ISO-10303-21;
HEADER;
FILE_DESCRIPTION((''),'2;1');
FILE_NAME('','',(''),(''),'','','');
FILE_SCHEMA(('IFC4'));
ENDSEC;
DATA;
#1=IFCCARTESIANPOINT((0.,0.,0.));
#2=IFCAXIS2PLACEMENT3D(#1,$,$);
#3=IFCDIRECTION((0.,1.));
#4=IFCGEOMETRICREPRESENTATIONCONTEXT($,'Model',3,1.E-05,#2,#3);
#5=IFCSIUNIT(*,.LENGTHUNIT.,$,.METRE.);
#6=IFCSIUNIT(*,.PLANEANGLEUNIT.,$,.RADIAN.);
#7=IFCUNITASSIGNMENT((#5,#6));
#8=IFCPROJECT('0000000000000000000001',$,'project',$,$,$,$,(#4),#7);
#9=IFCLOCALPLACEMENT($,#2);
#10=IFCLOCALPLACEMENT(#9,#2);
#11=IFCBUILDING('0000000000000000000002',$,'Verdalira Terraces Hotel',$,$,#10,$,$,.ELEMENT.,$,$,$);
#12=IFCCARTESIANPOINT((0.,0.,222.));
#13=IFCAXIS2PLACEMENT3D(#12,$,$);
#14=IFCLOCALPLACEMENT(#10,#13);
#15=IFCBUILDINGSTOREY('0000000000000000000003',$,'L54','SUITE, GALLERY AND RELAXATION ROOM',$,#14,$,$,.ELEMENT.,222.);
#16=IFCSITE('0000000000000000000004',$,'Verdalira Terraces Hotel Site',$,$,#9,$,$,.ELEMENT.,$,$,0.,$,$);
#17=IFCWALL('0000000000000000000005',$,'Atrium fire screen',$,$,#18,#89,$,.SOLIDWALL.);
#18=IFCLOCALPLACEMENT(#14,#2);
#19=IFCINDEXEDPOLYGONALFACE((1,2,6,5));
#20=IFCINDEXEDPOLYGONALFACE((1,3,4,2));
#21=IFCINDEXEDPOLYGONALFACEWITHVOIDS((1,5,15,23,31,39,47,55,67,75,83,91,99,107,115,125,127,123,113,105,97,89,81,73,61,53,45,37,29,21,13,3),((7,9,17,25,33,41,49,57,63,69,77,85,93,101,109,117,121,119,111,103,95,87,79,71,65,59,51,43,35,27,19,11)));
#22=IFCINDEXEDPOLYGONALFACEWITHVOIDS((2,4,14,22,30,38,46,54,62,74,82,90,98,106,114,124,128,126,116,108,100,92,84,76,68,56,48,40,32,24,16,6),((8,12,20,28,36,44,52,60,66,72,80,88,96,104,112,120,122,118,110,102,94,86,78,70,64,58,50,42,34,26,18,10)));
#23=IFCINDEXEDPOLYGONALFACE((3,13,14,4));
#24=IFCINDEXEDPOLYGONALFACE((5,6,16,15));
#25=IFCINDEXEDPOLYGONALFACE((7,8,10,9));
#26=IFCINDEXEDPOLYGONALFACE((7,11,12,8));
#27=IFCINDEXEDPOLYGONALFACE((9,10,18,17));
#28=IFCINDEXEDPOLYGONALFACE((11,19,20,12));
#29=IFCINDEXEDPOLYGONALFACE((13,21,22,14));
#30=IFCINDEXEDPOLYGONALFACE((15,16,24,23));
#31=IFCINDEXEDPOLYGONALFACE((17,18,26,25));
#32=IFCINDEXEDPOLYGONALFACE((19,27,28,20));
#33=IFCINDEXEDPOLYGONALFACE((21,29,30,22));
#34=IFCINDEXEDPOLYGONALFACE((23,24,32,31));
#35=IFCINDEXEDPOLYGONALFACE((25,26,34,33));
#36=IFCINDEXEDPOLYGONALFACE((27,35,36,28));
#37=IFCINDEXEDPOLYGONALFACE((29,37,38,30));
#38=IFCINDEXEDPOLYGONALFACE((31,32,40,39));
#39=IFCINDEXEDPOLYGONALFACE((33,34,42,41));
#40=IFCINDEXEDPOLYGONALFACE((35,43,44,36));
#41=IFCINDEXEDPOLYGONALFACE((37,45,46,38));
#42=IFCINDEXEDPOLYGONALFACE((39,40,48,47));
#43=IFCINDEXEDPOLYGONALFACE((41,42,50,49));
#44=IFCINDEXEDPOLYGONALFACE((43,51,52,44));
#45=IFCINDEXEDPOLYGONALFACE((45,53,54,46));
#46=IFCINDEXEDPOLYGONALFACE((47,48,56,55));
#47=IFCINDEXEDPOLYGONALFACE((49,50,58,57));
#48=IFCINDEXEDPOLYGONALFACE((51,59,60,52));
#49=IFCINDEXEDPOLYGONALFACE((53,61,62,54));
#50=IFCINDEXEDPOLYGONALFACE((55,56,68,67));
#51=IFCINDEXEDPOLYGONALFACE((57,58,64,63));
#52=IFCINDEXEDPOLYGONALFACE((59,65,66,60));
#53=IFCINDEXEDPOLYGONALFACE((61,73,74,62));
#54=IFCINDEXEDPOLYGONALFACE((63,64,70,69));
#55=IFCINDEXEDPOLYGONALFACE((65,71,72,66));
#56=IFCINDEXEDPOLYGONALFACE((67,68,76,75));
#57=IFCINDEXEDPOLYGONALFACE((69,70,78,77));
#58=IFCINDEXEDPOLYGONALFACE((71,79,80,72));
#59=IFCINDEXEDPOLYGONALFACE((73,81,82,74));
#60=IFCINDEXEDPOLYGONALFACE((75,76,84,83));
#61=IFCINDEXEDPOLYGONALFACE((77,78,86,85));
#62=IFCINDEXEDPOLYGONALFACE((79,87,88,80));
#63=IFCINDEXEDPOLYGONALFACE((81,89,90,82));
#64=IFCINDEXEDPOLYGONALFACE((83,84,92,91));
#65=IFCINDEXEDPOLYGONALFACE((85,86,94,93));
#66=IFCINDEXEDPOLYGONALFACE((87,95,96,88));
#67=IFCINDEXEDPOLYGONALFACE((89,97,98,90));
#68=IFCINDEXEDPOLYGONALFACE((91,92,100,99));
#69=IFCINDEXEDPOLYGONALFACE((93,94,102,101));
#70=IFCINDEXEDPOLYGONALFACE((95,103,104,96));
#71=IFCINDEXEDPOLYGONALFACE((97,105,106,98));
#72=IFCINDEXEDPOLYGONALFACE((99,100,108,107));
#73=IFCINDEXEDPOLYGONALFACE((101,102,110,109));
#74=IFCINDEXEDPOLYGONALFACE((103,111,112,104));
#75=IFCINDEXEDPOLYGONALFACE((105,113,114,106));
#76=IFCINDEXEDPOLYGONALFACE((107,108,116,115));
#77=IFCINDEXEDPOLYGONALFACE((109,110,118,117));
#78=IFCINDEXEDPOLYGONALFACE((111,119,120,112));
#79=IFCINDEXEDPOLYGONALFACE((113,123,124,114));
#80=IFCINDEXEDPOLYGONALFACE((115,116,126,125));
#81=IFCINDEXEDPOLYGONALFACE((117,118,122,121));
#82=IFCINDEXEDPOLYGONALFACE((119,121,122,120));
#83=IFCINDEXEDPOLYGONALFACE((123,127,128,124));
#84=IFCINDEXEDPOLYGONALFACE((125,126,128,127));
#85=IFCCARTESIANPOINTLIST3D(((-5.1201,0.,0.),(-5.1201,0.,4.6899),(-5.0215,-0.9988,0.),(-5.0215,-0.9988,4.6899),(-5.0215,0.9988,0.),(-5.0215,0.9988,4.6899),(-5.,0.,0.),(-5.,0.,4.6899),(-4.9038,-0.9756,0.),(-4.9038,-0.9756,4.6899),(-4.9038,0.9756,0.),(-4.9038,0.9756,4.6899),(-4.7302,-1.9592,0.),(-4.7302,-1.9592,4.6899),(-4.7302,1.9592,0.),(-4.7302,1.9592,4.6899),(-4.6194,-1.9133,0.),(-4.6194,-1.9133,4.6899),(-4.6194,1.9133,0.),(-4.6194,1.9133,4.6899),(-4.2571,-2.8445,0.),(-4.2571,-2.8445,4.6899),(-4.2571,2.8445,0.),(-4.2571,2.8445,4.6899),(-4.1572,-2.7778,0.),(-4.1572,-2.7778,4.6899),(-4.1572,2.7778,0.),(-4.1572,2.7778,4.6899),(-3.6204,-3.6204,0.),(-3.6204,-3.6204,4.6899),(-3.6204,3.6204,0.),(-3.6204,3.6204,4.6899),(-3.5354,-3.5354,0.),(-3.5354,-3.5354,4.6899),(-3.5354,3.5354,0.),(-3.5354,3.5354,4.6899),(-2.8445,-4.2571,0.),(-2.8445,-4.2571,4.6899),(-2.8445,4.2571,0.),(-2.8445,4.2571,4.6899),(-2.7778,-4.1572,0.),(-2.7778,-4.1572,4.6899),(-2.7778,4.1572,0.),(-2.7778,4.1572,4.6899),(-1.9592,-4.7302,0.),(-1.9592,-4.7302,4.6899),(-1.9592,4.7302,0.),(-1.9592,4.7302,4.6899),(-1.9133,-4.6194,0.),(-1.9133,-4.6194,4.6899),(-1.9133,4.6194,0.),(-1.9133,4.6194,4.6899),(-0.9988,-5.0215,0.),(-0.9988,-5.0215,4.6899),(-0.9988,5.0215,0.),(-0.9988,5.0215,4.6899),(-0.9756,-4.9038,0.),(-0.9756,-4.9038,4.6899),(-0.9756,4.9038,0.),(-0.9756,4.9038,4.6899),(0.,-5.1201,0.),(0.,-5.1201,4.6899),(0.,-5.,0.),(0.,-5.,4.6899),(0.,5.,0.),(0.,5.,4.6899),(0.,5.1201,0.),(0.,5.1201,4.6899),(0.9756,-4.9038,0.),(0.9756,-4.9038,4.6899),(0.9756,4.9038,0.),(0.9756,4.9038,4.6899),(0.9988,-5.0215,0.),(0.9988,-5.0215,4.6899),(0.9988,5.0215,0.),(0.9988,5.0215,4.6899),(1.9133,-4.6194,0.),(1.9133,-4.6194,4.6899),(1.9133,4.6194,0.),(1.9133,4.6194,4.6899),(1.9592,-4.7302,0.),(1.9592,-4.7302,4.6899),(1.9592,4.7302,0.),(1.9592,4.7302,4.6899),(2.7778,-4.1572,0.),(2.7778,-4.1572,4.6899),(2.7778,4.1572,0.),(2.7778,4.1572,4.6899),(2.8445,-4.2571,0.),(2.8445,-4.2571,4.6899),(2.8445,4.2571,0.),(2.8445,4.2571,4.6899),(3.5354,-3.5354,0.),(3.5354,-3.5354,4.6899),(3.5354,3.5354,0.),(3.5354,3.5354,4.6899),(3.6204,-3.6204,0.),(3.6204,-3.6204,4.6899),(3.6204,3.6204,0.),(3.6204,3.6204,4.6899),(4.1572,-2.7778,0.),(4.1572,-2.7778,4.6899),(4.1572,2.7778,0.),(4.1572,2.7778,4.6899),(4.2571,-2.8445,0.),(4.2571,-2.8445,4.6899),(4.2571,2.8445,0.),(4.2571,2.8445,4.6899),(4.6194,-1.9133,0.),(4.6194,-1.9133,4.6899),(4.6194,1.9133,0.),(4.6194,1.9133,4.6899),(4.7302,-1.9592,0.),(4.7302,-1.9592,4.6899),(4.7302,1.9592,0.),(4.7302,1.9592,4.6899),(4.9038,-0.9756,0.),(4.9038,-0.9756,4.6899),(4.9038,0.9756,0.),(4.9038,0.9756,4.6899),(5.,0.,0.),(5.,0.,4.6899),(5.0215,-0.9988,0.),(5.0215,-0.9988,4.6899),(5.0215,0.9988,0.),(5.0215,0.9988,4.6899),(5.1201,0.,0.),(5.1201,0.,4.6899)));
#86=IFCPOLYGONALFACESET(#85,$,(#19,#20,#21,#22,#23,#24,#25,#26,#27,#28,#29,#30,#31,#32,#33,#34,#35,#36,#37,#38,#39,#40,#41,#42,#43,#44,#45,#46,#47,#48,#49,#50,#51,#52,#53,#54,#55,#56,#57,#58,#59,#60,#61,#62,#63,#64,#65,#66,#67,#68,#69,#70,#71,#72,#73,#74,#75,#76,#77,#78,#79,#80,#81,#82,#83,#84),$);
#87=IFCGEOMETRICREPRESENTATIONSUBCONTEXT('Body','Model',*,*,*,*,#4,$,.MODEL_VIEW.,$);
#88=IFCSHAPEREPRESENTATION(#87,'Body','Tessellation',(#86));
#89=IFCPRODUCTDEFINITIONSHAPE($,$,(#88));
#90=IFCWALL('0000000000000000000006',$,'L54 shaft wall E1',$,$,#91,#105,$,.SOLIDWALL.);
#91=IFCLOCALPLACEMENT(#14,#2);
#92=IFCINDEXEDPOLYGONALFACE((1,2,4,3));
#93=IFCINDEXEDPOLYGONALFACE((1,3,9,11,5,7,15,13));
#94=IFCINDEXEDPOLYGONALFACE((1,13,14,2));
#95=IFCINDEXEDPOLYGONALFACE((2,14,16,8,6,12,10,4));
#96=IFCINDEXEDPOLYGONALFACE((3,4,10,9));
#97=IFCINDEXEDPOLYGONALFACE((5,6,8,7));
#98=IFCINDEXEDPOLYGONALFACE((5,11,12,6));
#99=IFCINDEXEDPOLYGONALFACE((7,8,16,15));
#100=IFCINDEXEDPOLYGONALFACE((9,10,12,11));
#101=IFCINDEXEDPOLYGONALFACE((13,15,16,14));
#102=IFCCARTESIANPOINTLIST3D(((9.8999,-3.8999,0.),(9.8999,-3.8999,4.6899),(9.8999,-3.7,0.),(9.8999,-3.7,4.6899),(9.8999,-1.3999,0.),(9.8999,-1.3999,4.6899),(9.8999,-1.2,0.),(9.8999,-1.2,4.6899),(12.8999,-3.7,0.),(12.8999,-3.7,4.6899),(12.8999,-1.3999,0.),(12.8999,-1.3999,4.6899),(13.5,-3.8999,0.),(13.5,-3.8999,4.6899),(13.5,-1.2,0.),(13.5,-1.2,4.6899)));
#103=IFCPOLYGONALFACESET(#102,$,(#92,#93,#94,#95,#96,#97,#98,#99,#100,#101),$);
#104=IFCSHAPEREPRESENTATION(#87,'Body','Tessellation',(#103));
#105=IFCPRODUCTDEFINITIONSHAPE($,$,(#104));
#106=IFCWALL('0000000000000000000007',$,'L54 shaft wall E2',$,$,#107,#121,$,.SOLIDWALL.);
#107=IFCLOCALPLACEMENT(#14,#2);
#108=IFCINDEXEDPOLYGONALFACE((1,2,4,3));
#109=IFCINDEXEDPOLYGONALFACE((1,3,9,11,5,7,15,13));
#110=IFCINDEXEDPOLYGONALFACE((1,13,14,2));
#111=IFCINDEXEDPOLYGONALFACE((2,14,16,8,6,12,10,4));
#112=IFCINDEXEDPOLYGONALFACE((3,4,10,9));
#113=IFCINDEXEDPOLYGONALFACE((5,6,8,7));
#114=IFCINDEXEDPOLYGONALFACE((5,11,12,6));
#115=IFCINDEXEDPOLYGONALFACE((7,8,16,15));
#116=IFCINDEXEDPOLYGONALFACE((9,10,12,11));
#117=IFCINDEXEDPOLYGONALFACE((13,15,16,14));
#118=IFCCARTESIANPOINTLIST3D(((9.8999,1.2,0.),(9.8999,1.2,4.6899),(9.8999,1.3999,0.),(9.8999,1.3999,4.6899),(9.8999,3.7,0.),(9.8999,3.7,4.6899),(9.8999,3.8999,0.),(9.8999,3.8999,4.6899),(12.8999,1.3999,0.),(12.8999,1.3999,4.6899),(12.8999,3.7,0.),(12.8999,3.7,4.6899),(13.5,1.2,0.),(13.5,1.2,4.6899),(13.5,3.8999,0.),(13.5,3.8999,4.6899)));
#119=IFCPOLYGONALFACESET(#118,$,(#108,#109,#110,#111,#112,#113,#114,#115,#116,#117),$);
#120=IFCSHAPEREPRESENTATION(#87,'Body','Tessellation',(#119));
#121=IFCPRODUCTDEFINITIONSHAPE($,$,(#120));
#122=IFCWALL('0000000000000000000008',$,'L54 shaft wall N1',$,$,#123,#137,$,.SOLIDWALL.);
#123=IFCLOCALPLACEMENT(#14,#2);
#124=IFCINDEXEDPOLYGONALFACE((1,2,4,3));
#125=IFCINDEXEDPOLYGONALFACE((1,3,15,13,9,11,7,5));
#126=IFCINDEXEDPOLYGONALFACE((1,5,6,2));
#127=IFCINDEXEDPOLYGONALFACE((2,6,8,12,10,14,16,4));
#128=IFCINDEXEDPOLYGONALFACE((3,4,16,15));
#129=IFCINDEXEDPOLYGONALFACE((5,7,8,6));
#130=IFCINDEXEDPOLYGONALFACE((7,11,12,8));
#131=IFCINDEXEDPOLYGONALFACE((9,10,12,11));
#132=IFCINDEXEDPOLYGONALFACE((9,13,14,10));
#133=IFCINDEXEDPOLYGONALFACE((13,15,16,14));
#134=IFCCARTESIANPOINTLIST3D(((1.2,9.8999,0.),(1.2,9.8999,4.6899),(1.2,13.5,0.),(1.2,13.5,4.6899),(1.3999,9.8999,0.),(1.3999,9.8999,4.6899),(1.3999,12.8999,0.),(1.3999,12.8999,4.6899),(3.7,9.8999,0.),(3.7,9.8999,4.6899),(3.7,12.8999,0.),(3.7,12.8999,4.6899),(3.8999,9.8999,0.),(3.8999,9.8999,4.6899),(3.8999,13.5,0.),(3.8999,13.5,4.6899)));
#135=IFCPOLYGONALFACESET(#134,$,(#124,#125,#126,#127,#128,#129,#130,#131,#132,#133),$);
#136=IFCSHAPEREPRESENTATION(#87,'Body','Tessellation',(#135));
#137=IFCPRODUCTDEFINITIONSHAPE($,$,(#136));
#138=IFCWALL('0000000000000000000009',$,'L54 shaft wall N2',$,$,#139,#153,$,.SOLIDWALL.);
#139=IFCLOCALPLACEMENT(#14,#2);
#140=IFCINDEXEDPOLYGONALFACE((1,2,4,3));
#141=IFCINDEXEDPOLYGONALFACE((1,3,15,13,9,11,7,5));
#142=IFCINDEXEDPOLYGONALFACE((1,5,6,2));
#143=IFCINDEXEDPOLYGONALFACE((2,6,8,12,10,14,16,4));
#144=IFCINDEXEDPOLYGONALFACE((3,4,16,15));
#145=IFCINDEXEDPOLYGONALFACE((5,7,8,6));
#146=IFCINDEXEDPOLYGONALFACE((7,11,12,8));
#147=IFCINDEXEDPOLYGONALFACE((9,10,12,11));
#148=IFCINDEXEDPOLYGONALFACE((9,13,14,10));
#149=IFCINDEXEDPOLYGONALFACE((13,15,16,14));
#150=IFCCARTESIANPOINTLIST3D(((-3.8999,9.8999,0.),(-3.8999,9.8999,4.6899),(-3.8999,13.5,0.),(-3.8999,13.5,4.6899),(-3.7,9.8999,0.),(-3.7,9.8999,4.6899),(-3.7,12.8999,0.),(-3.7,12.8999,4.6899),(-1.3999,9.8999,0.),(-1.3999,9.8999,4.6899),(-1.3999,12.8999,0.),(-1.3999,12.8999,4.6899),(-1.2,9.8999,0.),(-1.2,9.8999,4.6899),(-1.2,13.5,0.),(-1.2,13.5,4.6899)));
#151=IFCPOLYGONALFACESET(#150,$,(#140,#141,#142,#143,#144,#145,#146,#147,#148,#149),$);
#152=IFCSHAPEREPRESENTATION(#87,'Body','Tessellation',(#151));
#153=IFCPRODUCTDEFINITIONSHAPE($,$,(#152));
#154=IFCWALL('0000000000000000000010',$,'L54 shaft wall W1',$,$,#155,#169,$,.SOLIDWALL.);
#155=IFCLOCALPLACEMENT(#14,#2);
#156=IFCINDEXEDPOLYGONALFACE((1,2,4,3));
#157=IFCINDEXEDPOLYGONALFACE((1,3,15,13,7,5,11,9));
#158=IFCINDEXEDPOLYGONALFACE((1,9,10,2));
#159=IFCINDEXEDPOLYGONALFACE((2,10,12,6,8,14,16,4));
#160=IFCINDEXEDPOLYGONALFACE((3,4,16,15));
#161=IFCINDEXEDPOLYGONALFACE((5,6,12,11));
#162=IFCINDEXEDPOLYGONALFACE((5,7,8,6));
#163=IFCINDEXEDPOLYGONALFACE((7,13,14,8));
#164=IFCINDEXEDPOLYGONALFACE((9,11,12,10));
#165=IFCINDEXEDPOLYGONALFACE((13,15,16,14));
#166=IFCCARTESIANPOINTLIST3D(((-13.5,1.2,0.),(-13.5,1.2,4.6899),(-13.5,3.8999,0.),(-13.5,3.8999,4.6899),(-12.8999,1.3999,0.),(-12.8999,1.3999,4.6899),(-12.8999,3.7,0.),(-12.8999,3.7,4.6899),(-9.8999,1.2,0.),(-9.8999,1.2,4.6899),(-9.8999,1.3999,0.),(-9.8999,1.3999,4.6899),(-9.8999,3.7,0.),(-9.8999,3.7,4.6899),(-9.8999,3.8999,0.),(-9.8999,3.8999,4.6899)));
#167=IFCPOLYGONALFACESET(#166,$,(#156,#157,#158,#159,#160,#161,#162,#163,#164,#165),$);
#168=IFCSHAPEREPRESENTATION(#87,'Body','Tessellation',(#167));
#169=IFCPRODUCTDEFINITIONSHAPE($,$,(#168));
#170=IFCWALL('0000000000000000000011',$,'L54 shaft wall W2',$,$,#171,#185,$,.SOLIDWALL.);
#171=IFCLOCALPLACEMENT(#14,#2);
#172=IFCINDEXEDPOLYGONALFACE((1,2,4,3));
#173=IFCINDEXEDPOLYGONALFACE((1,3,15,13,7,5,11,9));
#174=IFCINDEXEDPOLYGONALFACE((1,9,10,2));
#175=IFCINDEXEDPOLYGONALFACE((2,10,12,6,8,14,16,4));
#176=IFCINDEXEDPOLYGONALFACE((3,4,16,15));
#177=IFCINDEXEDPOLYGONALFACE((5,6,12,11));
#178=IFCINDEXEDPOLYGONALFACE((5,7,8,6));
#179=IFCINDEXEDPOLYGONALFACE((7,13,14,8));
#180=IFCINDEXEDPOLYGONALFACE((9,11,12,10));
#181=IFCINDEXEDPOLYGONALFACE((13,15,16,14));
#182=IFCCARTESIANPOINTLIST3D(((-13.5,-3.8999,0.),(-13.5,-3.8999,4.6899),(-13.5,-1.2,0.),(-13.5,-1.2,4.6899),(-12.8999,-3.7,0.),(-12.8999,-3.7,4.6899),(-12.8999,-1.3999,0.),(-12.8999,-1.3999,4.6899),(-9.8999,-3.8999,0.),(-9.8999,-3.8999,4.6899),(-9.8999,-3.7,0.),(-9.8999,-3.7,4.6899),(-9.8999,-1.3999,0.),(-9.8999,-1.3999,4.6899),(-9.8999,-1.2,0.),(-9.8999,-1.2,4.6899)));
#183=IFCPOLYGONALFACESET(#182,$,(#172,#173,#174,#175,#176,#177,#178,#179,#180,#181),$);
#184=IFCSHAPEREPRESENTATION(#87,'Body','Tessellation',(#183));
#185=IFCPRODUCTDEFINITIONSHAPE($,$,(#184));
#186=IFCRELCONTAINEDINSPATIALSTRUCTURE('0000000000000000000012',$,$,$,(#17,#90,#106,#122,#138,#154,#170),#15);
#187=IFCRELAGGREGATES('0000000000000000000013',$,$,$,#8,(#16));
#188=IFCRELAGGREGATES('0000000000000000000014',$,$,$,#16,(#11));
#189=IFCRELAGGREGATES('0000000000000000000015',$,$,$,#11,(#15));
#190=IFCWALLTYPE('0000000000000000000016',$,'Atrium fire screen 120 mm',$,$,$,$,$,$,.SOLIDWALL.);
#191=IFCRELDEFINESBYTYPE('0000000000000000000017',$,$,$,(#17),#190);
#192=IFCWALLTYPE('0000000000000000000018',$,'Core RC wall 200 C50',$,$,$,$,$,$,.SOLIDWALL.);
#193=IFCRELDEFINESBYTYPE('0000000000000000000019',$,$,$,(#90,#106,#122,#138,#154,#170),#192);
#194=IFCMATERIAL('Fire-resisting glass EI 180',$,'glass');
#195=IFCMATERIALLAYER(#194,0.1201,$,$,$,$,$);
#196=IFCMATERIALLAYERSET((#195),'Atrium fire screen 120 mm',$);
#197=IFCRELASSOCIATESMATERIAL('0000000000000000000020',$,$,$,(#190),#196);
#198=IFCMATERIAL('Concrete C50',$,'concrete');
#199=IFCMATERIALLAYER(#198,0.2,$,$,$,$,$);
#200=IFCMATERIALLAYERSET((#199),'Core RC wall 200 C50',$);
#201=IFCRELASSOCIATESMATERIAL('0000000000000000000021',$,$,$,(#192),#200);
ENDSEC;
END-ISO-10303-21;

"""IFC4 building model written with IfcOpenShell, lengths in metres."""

from ifc_helpers import new_model, si_unit, direction, frame, origin, place, context, subcontext, project, spatial, polyline, outline, extrude, material, layer, layer_set, type_object, element, save


model = new_model("IFC4")

# Units and contexts
model_context = context("Model", 3, precision=1e-05, world=origin(), true_north=direction((0.0, 1.0)))
body_context = subcontext(model_context, "Body", "Model", "MODEL_VIEW")
ifc_project = project(units=[si_unit("LENGTHUNIT", "METRE"), si_unit("PLANEANGLEUNIT", "RADIAN")], contexts=[model_context])

# Site, building, storey
site_placement = place(None, origin())
site = spatial("IfcSite", under=ifc_project, at=site_placement, Name="Verdalira Terraces Hotel Site", CompositionType="ELEMENT", RefElevation=0.0)
building_placement = place(site_placement, origin())
building = spatial("IfcBuilding", under=site, at=building_placement, Name="Verdalira Terraces Hotel", CompositionType="ELEMENT")
storey_placement = place(building_placement, frame((0.0, 0.0, 222.0)))
storey = spatial("IfcBuildingStorey", under=building, at=storey_placement, Name="L54", Description="SUITE, GALLERY AND RELAXATION ROOM", CompositionType="ELEMENT", Elevation=222.0)

# Walls
ifc_material_1 = material(Name="Fire-resisting glass EI 180", Category="glass")
ifc_layer_1 = layer(ifc_material_1, 0.1201)
ifc_layer_set_1 = layer_set([ifc_layer_1], Name="Atrium fire screen 120 mm")
wall_type_1 = type_object("IfcWallType", Name="Atrium fire screen 120 mm", PredefinedType="SOLIDWALL", material=ifc_layer_set_1)
wall_1_placement = place(storey_placement, origin())
element("IfcWall", 1, at=wall_1_placement, inside=storey, type_object=wall_type_1, Name="Atrium fire screen", PredefinedType="SOLIDWALL", context=body_context, shape_type="SweptSolid", body=[
    extrude(outline(polyline([(5.0215, -0.9988), (4.7302, -1.9592), (4.2571, -2.8445), (3.6204, -3.6204), (2.8445, -4.2571), (1.9592, -4.7302), (0.9988, -5.0215), (0.0, -5.1201), (-0.9988, -5.0215), (-1.9592, -4.7302), (-2.8445, -4.2571), (-3.6204, -3.6204), (-4.2571, -2.8445), (-4.7302, -1.9592), (-5.0215, -0.9988), (-5.1201, 0.0), (-5.0215, 0.9988), (-4.7302, 1.9592), (-4.2571, 2.8445), (-3.6204, 3.6204), (-2.8445, 4.2571), (-1.9592, 4.7302), (-0.9988, 5.0215), (0.0, 5.1201), (0.9988, 5.0215), (1.9592, 4.7302), (2.8445, 4.2571), (3.6204, 3.6204), (4.2571, 2.8445), (4.7302, 1.9592), (5.0215, 0.9988), (5.1201, 0.0), (5.0215, -0.9988)]), holes=[polyline([(4.9038, 0.9756), (4.6194, 1.9133), (4.1572, 2.7778), (3.5354, 3.5354), (2.7778, 4.1572), (1.9133, 4.6194), (0.9756, 4.9038), (0.0, 5.0), (-0.9756, 4.9038), (-1.9133, 4.6194), (-2.7778, 4.1572), (-3.5354, 3.5354), (-4.1572, 2.7778), (-4.6194, 1.9133), (-4.9038, 0.9756), (-5.0, 0.0), (-4.9038, -0.9756), (-4.6194, -1.9133), (-4.1572, -2.7778), (-3.5354, -3.5354), (-2.7778, -4.1572), (-1.9133, -4.6194), (-0.9756, -4.9038), (0.0, -5.0), (0.9756, -4.9038), (1.9133, -4.6194), (2.7778, -4.1572), (3.5354, -3.5354), (4.1572, -2.7778), (4.6194, -1.9133), (4.9038, -0.9756), (5.0, 0.0), (4.9038, 0.9756)])]), origin(), (0.0, 0.0, 1.0), 4.6899),
])
ifc_material_2 = material(Name="Concrete C50", Category="concrete")
ifc_layer_2 = layer(ifc_material_2, 0.2)
ifc_layer_set_2 = layer_set([ifc_layer_2], Name="Core RC wall 200 C50")
wall_type_2 = type_object("IfcWallType", Name="Core RC wall 200 C50", PredefinedType="SOLIDWALL", material=ifc_layer_set_2)
wall_2_placement = place(storey_placement, origin())
element("IfcWall", 2, at=wall_2_placement, inside=storey, type_object=wall_type_2, Name="L54 shaft wall E1", PredefinedType="SOLIDWALL", context=body_context, shape_type="SweptSolid", body=[
    extrude(outline(polyline([(13.5, -3.8999), (9.8999, -3.8999), (9.8999, -3.7), (12.8999, -3.7), (12.8999, -1.3999), (9.8999, -1.3999), (9.8999, -1.2), (13.5, -1.2), (13.5, -3.8999)])), origin(), (0.0, 0.0, 1.0), 4.6899),
])
wall_3_placement = place(storey_placement, origin())
element("IfcWall", 3, at=wall_3_placement, inside=storey, type_object=wall_type_2, Name="L54 shaft wall E2", PredefinedType="SOLIDWALL", context=body_context, shape_type="SweptSolid", body=[
    extrude(outline(polyline([(13.5, 3.8999), (13.5, 1.2), (9.8999, 1.2), (9.8999, 1.3999), (12.8999, 1.3999), (12.8999, 3.7), (9.8999, 3.7), (9.8999, 3.8999), (13.5, 3.8999)])), origin(), (0.0, 0.0, 1.0), 4.6899),
])
wall_4_placement = place(storey_placement, origin())
element("IfcWall", 4, at=wall_4_placement, inside=storey, type_object=wall_type_2, Name="L54 shaft wall N1", PredefinedType="SOLIDWALL", context=body_context, shape_type="SweptSolid", body=[
    extrude(outline(polyline([(3.8999, 9.8999), (3.7, 9.8999), (3.7, 12.8999), (1.3999, 12.8999), (1.3999, 9.8999), (1.2, 9.8999), (1.2, 13.5), (3.8999, 13.5), (3.8999, 9.8999)])), origin(), (0.0, 0.0, 1.0), 4.6899),
])
wall_5_placement = place(storey_placement, origin())
element("IfcWall", 5, at=wall_5_placement, inside=storey, type_object=wall_type_2, Name="L54 shaft wall N2", PredefinedType="SOLIDWALL", context=body_context, shape_type="SweptSolid", body=[
    extrude(outline(polyline([(-3.8999, 13.5), (-1.2, 13.5), (-1.2, 9.8999), (-1.3999, 9.8999), (-1.3999, 12.8999), (-3.7, 12.8999), (-3.7, 9.8999), (-3.8999, 9.8999), (-3.8999, 13.5)])), origin(), (0.0, 0.0, 1.0), 4.6899),
])
wall_6_placement = place(storey_placement, origin())
element("IfcWall", 6, at=wall_6_placement, inside=storey, type_object=wall_type_2, Name="L54 shaft wall W1", PredefinedType="SOLIDWALL", context=body_context, shape_type="SweptSolid", body=[
    extrude(outline(polyline([(-13.5, 3.8999), (-9.8999, 3.8999), (-9.8999, 3.7), (-12.8999, 3.7), (-12.8999, 1.3999), (-9.8999, 1.3999), (-9.8999, 1.2), (-13.5, 1.2), (-13.5, 3.8999)])), origin(), (0.0, 0.0, 1.0), 4.6899),
])
wall_7_placement = place(storey_placement, origin())
element("IfcWall", 7, at=wall_7_placement, inside=storey, type_object=wall_type_2, Name="L54 shaft wall W2", PredefinedType="SOLIDWALL", context=body_context, shape_type="SweptSolid", body=[
    extrude(outline(polyline([(-13.5, -3.8999), (-13.5, -1.2), (-9.8999, -1.2), (-9.8999, -1.3999), (-12.8999, -1.3999), (-12.8999, -3.7), (-9.8999, -3.7), (-9.8999, -3.8999), (-13.5, -3.8999)])), origin(), (0.0, 0.0, 1.0), 4.6899),
])

save(model, "model.ifc")
